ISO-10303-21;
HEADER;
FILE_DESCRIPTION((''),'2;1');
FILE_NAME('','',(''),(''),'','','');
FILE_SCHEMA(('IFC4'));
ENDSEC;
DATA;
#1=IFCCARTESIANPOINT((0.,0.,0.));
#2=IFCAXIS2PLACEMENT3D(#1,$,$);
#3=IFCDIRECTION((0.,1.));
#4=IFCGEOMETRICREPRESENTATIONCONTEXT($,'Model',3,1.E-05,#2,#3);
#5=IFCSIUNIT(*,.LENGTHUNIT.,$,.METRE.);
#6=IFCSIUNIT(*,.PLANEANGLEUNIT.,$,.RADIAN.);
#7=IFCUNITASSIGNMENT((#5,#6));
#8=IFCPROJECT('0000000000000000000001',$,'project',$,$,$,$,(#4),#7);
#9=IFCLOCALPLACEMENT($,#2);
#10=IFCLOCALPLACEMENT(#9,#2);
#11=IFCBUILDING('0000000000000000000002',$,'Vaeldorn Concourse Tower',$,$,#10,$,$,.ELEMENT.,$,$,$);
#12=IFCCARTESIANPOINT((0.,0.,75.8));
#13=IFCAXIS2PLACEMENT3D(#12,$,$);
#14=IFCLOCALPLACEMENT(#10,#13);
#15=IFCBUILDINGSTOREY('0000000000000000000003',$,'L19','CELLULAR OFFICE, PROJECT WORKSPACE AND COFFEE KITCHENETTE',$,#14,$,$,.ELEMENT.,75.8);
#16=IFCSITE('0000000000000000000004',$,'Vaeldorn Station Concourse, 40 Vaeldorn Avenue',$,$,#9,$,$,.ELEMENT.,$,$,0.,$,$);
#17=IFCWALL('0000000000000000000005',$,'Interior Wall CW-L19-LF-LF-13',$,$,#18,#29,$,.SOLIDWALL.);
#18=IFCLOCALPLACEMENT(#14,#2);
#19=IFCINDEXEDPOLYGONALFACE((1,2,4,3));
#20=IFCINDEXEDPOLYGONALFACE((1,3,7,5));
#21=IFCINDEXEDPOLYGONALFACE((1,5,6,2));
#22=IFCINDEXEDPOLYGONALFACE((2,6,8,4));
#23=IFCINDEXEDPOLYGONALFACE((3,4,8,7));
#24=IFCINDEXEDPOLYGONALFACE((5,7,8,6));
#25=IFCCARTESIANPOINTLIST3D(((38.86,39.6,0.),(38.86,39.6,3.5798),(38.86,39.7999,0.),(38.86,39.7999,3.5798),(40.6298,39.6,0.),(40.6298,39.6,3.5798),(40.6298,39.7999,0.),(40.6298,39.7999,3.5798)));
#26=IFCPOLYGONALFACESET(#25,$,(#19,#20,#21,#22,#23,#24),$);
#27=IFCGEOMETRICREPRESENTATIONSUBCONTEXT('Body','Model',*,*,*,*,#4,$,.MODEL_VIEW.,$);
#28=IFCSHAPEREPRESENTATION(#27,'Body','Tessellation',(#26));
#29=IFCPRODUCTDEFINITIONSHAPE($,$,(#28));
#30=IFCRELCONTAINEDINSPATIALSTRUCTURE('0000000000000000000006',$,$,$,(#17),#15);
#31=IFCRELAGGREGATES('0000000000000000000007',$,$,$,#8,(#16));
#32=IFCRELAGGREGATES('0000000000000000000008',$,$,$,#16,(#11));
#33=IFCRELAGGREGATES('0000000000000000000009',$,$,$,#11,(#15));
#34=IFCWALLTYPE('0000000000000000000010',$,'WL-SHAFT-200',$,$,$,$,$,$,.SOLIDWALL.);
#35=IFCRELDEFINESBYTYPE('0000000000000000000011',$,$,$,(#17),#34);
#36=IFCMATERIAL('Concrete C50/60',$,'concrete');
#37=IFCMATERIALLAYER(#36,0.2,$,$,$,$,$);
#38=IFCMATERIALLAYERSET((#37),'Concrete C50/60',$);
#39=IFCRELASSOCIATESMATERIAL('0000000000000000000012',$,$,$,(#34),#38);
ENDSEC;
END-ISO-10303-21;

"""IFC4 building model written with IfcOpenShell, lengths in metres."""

from ifc_helpers import new_model, si_unit, direction, frame, frame_2d, origin, place, context, subcontext, project, spatial, rectangle, extrude, material, layer, layer_set, type_object, element, save


model = new_model("IFC4")

# Units and contexts
model_context = context("Model", 3, precision=1e-05, world=origin(), true_north=direction((0.0, 1.0)))
body_context = subcontext(model_context, "Body", "Model", "MODEL_VIEW")
ifc_project = project(units=[si_unit("LENGTHUNIT", "METRE"), si_unit("PLANEANGLEUNIT", "RADIAN")], contexts=[model_context])

# Site, building, storey
site_placement = place(None, origin())
site = spatial("IfcSite", under=ifc_project, at=site_placement, Name="Vaeldorn Station Concourse, 40 Vaeldorn Avenue", CompositionType="ELEMENT", RefElevation=0.0)
building_placement = place(site_placement, origin())
building = spatial("IfcBuilding", under=site, at=building_placement, Name="Vaeldorn Concourse Tower", CompositionType="ELEMENT")
storey_placement = place(building_placement, frame((0.0, 0.0, 75.8)))
storey = spatial("IfcBuildingStorey", under=building, at=storey_placement, Name="L19", Description="CELLULAR OFFICE, PROJECT WORKSPACE AND COFFEE KITCHENETTE", CompositionType="ELEMENT", Elevation=75.8)

# Wall
ifc_material_1 = material(Name="Concrete C50/60", Category="concrete")
ifc_layer_1 = layer(ifc_material_1, 0.2)
ifc_layer_set_1 = layer_set([ifc_layer_1], Name="Concrete C50/60")
wall_type_1 = type_object("IfcWallType", Name="WL-SHAFT-200", PredefinedType="SOLIDWALL", material=ifc_layer_set_1)
wall_1_placement = place(storey_placement, frame((38.8601, 39.7, 0.0), z_axis=(0.0, 0.0, 1.0), x_axis=(1.0, 0.0, 0.0)))
element("IfcWall", 1, at=wall_1_placement, inside=storey, type_object=wall_type_1, Name="Interior Wall CW-L19-LF-LF-13", PredefinedType="SOLIDWALL", context=body_context, shape_type="SweptSolid", body=[
    extrude(rectangle(XDim=1.7698, YDim=0.2, at=frame_2d((0.8848, 0.0))), origin(), (0.0, 0.0, 1.0), 3.5798),
])

save(model, "model.ifc")
